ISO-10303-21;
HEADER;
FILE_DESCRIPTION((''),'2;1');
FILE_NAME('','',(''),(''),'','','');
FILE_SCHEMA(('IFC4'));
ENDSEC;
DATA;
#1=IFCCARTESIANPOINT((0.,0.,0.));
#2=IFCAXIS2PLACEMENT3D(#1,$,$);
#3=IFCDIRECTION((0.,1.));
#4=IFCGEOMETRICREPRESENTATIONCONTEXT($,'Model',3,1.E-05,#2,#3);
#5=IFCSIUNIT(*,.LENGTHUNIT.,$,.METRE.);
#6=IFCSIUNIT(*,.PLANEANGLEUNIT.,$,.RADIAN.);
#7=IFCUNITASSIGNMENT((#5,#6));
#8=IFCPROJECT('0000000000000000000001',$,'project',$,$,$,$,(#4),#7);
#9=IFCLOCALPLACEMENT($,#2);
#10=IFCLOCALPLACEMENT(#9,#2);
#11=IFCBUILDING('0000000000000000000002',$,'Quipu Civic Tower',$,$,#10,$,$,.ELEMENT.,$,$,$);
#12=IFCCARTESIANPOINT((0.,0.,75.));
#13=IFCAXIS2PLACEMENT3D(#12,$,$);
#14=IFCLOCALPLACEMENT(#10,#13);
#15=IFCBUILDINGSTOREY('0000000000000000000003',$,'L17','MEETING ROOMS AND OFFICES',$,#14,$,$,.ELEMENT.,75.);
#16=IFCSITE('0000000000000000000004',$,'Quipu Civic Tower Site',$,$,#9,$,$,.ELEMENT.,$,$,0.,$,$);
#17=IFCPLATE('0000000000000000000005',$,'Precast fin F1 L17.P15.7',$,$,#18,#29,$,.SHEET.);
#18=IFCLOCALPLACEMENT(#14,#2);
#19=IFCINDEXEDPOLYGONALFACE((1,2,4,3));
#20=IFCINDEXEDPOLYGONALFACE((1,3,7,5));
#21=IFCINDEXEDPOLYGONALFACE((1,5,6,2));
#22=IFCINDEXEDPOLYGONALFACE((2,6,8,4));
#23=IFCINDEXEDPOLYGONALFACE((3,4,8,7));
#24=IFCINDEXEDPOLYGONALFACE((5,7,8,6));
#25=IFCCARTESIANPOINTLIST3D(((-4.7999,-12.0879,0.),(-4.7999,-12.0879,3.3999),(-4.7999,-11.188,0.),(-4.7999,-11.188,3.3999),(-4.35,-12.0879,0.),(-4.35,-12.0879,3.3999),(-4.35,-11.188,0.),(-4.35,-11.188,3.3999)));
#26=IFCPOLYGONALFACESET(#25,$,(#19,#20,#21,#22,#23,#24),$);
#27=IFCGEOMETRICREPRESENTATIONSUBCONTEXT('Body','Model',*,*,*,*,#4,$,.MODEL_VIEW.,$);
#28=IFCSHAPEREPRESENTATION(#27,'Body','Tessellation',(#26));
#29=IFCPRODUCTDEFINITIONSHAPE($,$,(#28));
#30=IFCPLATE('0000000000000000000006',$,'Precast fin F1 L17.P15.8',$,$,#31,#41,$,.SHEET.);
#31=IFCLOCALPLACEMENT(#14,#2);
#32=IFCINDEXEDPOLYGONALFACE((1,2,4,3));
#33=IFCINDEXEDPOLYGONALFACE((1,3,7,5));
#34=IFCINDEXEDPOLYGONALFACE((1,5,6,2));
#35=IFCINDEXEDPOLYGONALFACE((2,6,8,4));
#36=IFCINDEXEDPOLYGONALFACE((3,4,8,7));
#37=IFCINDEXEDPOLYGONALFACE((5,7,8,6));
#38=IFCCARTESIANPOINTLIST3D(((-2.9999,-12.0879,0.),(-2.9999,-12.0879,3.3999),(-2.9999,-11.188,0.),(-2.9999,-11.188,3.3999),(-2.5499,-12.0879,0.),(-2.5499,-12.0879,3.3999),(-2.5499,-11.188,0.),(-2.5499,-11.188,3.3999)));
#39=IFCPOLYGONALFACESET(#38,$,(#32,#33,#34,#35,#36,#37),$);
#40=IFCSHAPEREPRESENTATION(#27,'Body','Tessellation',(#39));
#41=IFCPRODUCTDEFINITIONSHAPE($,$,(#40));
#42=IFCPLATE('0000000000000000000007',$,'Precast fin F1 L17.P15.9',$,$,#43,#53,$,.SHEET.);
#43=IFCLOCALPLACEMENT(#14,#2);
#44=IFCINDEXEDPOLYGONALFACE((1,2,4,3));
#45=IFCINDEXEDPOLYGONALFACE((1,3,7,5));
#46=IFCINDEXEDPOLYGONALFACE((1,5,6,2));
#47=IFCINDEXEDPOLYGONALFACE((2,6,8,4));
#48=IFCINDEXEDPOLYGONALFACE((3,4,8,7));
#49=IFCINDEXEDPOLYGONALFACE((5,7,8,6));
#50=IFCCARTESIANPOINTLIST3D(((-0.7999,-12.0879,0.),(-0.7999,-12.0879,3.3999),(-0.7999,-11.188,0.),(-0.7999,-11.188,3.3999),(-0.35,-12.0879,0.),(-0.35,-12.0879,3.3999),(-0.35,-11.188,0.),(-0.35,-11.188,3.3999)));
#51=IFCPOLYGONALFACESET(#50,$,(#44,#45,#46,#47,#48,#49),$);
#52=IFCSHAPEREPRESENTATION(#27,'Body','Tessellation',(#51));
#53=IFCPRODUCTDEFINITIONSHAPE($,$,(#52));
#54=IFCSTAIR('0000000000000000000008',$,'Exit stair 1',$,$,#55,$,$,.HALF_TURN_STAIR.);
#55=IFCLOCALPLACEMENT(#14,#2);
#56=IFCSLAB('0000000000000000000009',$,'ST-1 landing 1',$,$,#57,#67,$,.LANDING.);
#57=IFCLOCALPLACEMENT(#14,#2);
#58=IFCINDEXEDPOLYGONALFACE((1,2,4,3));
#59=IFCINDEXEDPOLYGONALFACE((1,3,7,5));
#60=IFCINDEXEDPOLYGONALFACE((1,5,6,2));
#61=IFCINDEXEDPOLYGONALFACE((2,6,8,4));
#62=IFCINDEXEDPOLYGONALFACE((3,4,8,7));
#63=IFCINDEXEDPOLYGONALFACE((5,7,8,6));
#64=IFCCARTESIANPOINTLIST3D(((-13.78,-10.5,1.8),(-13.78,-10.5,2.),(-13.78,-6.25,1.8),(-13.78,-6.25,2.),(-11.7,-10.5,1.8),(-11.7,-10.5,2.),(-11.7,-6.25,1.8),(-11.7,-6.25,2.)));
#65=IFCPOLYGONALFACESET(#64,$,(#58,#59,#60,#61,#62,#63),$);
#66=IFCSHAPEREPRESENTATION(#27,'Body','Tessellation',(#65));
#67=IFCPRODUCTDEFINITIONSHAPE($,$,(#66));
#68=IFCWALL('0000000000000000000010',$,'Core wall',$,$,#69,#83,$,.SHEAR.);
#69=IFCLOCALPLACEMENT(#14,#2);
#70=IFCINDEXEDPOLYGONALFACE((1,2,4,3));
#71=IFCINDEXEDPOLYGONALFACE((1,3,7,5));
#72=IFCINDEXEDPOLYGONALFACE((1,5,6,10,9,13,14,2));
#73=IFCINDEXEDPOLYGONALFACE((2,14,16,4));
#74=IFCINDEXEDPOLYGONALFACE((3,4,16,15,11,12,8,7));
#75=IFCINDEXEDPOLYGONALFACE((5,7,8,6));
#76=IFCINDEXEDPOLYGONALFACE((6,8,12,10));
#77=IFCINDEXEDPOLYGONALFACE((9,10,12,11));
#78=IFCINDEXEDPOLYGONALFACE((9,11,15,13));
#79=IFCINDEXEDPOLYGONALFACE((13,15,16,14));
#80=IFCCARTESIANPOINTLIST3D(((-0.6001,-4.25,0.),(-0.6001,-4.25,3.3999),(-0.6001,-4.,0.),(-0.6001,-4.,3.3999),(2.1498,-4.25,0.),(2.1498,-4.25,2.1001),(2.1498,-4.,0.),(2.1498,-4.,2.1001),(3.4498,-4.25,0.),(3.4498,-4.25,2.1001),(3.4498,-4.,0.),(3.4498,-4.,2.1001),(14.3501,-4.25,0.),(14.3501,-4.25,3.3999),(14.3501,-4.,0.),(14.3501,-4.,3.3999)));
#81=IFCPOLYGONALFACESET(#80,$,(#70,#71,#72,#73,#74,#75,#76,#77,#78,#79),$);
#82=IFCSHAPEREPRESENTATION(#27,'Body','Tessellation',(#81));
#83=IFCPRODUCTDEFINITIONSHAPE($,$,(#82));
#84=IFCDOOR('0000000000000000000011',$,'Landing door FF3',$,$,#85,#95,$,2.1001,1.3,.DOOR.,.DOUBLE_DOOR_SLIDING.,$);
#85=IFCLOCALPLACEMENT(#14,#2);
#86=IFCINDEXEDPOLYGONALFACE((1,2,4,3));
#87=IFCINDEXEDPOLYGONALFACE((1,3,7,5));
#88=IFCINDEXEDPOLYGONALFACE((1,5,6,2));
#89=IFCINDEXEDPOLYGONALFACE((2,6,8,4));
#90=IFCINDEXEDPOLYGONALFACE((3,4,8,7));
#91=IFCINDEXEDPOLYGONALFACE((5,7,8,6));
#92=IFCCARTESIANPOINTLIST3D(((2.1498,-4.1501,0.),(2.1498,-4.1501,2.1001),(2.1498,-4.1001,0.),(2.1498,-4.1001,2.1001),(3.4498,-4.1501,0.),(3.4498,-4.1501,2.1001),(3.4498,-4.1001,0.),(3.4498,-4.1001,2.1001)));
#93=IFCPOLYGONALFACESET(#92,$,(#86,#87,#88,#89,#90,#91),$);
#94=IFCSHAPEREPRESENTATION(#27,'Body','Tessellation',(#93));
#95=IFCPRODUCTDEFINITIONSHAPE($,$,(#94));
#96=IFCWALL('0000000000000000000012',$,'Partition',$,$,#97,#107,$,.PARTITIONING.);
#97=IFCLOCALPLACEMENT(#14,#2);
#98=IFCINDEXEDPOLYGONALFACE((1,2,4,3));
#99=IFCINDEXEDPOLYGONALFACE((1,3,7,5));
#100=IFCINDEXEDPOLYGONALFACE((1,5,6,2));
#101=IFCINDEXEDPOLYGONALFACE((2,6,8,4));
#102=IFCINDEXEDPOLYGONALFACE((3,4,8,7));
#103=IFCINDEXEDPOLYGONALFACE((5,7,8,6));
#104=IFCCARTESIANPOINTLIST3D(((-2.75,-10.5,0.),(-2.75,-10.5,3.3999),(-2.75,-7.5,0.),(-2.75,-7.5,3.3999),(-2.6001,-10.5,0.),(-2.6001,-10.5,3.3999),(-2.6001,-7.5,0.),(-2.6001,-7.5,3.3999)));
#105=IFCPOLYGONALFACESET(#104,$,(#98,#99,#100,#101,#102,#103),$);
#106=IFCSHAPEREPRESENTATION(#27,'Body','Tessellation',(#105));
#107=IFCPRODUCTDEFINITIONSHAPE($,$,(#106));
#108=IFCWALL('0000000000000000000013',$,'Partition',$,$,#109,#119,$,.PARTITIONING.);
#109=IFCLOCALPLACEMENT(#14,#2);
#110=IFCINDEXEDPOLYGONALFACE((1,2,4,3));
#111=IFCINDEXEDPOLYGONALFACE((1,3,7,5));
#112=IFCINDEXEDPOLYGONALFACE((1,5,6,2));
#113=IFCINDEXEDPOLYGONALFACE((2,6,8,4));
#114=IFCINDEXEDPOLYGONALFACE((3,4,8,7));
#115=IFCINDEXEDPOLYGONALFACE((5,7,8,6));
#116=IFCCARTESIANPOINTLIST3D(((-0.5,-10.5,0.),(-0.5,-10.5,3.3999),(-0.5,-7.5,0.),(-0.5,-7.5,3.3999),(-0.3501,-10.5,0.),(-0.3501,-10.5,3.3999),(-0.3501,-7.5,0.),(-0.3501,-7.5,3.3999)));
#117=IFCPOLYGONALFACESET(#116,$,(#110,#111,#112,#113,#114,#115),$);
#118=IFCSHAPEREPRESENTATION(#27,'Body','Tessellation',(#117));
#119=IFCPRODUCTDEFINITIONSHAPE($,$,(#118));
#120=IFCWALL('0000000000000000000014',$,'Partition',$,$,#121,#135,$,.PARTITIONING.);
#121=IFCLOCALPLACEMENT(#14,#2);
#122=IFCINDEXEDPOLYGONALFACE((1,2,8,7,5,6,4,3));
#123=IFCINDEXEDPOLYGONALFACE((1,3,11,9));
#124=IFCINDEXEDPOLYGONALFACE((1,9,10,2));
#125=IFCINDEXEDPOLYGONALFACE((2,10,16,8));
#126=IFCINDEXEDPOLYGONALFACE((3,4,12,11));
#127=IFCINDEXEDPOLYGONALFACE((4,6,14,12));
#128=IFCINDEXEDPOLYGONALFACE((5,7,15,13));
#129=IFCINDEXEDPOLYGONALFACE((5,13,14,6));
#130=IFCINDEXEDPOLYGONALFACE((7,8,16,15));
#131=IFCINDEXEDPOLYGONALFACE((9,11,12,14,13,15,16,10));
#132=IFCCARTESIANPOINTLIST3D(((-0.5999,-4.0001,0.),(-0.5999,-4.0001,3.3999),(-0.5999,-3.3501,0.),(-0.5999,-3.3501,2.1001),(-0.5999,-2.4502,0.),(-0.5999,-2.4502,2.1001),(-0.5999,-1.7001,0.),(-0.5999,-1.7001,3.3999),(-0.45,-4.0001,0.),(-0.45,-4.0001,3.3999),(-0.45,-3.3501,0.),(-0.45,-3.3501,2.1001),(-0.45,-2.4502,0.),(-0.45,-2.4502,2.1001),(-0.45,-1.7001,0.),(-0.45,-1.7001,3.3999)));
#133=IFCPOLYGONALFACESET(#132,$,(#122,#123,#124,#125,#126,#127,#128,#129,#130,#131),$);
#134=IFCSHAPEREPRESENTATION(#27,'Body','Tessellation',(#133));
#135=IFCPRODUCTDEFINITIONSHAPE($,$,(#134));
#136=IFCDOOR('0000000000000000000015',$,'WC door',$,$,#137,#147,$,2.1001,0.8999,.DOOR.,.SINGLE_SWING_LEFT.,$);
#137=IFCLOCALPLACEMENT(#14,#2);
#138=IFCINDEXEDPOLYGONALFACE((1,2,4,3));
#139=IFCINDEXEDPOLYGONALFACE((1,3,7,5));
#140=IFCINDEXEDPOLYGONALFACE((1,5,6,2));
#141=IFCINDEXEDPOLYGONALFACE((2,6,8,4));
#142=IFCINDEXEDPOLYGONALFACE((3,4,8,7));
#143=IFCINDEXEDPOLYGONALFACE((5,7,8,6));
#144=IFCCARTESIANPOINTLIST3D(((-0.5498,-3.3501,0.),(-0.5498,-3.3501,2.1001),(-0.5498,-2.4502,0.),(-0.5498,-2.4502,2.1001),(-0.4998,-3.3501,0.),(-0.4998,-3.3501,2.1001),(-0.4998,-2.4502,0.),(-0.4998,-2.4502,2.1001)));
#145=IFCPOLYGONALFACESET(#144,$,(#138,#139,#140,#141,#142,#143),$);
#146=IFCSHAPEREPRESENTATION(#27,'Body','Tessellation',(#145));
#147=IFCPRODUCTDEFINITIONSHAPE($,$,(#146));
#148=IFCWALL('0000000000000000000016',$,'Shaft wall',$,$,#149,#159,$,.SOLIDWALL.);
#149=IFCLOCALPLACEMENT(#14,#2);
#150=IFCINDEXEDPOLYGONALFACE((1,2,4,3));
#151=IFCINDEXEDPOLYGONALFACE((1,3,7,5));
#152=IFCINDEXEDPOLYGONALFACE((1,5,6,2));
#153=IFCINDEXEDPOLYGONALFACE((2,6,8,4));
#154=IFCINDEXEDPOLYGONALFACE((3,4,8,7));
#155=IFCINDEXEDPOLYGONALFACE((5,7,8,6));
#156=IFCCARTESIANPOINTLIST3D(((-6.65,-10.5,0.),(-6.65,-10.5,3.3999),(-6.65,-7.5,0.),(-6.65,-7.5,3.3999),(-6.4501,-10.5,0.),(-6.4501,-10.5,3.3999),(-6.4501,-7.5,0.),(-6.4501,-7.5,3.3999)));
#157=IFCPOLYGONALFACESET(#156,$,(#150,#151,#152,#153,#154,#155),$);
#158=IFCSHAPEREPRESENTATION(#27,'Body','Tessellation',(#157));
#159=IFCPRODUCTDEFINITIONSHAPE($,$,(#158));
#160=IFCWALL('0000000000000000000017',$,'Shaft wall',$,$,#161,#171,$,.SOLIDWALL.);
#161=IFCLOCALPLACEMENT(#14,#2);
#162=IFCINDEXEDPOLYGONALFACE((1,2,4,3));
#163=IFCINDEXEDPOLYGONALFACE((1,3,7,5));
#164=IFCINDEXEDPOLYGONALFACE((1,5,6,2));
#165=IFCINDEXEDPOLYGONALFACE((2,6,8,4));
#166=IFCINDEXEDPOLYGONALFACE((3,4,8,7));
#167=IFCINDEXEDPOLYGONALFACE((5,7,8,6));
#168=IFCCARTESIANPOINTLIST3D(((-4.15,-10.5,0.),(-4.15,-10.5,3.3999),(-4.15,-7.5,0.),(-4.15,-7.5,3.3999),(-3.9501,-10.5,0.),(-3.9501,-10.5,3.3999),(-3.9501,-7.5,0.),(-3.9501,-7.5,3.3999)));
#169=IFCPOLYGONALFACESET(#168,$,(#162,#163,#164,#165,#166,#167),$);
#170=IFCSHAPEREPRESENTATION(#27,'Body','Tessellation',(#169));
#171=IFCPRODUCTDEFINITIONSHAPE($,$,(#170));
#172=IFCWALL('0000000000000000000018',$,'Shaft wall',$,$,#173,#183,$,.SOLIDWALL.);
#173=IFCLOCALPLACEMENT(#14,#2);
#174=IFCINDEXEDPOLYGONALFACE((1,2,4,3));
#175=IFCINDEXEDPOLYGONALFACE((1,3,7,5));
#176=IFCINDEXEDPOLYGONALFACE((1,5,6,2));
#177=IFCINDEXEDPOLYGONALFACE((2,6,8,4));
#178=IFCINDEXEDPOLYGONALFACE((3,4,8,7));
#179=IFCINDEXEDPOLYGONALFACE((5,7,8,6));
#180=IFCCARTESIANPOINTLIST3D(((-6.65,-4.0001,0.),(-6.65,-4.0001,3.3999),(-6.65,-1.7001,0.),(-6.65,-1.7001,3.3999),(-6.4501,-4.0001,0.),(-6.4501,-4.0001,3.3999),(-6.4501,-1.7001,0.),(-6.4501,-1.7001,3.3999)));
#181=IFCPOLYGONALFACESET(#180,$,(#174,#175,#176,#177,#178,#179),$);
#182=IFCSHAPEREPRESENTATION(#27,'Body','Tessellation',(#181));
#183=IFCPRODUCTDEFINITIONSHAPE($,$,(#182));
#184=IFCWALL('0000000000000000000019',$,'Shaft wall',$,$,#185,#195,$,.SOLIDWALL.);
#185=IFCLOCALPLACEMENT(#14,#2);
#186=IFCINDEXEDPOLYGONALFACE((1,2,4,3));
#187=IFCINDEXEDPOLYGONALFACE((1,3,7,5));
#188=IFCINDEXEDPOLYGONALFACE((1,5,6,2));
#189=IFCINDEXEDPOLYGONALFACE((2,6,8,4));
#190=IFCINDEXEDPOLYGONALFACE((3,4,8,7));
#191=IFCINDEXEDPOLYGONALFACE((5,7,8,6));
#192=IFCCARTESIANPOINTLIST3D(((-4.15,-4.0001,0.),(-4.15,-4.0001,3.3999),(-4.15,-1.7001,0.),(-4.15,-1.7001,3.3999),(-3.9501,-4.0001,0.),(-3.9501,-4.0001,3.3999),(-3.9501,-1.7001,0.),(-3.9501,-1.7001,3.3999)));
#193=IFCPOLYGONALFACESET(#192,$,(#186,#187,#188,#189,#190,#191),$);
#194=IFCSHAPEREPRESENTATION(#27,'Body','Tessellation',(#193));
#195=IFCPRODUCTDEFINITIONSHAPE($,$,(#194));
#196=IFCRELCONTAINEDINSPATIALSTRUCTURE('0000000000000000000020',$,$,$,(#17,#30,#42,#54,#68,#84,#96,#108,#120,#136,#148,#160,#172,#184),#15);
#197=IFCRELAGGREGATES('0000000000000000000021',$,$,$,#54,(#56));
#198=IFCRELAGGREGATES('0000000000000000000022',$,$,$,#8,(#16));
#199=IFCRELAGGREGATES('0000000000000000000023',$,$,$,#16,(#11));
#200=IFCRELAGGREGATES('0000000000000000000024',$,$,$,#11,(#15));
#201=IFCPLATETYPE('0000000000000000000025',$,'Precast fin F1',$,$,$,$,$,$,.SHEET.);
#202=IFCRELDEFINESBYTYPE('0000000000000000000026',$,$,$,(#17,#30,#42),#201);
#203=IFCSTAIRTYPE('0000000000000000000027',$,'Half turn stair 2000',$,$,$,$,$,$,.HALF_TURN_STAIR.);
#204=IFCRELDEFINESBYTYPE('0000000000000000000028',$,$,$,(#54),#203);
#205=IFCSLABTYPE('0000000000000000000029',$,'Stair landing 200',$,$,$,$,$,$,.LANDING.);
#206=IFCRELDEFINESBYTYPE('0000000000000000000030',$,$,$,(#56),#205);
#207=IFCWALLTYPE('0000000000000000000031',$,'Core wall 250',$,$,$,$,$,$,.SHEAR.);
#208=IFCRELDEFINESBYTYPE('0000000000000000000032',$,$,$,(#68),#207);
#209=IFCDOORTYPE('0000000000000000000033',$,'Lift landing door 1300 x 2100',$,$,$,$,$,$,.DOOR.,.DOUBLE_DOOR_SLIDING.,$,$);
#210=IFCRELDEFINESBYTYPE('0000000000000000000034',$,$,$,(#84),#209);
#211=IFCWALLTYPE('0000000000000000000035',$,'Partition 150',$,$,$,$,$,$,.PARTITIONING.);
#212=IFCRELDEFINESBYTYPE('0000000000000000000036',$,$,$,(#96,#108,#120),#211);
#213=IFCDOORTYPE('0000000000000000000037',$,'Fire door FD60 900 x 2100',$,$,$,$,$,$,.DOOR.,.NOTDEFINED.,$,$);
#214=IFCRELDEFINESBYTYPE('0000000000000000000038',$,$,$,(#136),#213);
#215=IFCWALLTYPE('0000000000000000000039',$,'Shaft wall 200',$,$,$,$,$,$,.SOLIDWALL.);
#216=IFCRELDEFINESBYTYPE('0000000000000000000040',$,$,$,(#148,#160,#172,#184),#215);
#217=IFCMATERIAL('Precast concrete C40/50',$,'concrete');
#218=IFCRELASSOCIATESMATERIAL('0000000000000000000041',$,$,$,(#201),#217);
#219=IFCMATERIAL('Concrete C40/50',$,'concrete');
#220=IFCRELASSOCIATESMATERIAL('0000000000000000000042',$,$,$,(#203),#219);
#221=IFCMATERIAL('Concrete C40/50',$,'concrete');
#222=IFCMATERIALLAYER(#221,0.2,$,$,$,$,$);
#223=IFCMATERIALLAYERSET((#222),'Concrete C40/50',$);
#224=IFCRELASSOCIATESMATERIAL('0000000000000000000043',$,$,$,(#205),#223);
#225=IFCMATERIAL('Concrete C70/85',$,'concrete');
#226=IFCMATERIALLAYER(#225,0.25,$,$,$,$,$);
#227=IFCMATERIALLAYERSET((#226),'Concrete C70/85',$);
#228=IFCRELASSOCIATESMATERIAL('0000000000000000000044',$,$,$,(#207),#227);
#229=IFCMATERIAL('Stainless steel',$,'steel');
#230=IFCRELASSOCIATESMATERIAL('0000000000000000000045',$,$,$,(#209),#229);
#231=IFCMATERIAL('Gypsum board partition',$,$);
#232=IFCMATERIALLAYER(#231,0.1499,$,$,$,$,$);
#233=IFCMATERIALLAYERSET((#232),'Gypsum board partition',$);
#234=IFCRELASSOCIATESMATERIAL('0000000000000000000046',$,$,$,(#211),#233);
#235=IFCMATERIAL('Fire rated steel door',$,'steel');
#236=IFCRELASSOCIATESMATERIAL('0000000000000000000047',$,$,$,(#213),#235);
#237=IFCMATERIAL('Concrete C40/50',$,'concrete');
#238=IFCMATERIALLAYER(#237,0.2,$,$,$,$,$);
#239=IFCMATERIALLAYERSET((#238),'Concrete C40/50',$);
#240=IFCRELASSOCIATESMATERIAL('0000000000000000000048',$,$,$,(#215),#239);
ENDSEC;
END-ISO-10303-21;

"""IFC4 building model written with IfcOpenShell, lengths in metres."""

from ifc_helpers import new_model, si_unit, direction, frame, frame_2d, origin, origin_2d, place, context, subcontext, project, spatial, polyline, rectangle, outline, extrude, material, layer, layer_set, type_object, element, fill, aggregate, save


model = new_model("IFC4")

# Units and contexts
model_context = context("Model", 3, precision=1e-05, world=origin(), true_north=direction((0.0, 1.0)))
body_context = subcontext(model_context, "Body", "Model", "MODEL_VIEW")
ifc_project = project(units=[si_unit("LENGTHUNIT", "METRE"), si_unit("PLANEANGLEUNIT", "RADIAN")], contexts=[model_context])

# Site, building, storey
site_placement = place(None, origin())
site = spatial("IfcSite", under=ifc_project, at=site_placement, Name="Quipu Civic Tower Site", CompositionType="ELEMENT", RefElevation=0.0)
building_placement = place(site_placement, origin())
building = spatial("IfcBuilding", under=site, at=building_placement, Name="Quipu Civic Tower", CompositionType="ELEMENT")
storey_placement = place(building_placement, frame((0.0, 0.0, 75.0)))
storey = spatial("IfcBuildingStorey", under=building, at=storey_placement, Name="L17", Description="MEETING ROOMS AND OFFICES", CompositionType="ELEMENT", Elevation=75.0)

# Plates
ifc_material_1 = material(Name="Precast concrete C40/50", Category="concrete")
plate_type = type_object("IfcPlateType", Name="Precast fin F1", PredefinedType="SHEET", material=ifc_material_1)
for number, where, z_axis, x_axis, name in (
    (1, (-4.575, -11.6379, 0.0), (0.0, 0.0, 1.0), (1.0, 0.0, 0.0), "Precast fin F1 L17.P15.7"),
    (2, (-2.7749, -11.6379, 0.0), (0.0, 0.0, 1.0), (1.0, 0.0, 0.0), "Precast fin F1 L17.P15.8"),
    (3, (-0.575, -11.6379, 0.0), (0.0, 0.0, 1.0), (1.0, 0.0, 0.0), "Precast fin F1 L17.P15.9"),
):
    element("IfcPlate", number, at=place(storey_placement, frame(where, z_axis=z_axis, x_axis=x_axis)), inside=storey, type_object=plate_type, Name=name, PredefinedType="SHEET", context=body_context, shape_type="SweptSolid", body=[
        extrude(rectangle(XDim=0.45, YDim=0.8999, at=origin_2d()), origin(), (0.0, 0.0, 1.0), 3.3999),
    ])

# Stair, slab
ifc_material_2 = material(Name="Concrete C40/50", Category="concrete")
stair_type = type_object("IfcStairType", Name="Half turn stair 2000", PredefinedType="HALF_TURN_STAIR", material=ifc_material_2)
stair_placement = place(storey_placement, origin())
stair = element("IfcStair", 4, at=stair_placement, inside=storey, type_object=stair_type, Name="Exit stair 1", PredefinedType="HALF_TURN_STAIR")
ifc_material_3 = material(Name="Concrete C40/50", Category="concrete")
ifc_layer_1 = layer(ifc_material_3, 0.2)
ifc_layer_set_1 = layer_set([ifc_layer_1], Name="Concrete C40/50")
slab_type_1 = type_object("IfcSlabType", Name="Stair landing 200", PredefinedType="LANDING", material=ifc_layer_set_1)
slab_1_placement = place(storey_placement, frame((0.0, 0.0, 1.8)))
slab_1 = element("IfcSlab", 5, at=slab_1_placement, type_object=slab_type_1, Name="ST-1 landing 1", PredefinedType="LANDING", context=body_context, shape_type="SweptSolid", body=[
    extrude(outline(polyline([(-13.78, -10.5), (-11.7, -10.5), (-11.7, -6.25), (-13.78, -6.25), (-13.78, -10.5)])), origin(), (0.0, 0.0, 1.0), 0.2),
])
aggregate(stair, [slab_1])

# Wall, opening, door
ifc_material_4 = material(Name="Concrete C70/85", Category="concrete")
ifc_layer_2 = layer(ifc_material_4, 0.25)
ifc_layer_set_2 = layer_set([ifc_layer_2], Name="Concrete C70/85")
wall_type_1 = type_object("IfcWallType", Name="Core wall 250", PredefinedType="SHEAR", material=ifc_layer_set_2)
wall_1_placement = place(storey_placement, frame((-0.6001, -4.125, 0.0), z_axis=(0.0, 0.0, 1.0), x_axis=(1.0, 0.0, 0.0)))
wall_1 = element("IfcWall", 6, at=wall_1_placement, inside=storey, type_object=wall_type_1, Name="Core wall", PredefinedType="SHEAR", context=body_context, shape_type="SweptSolid", body=[
    extrude(rectangle(XDim=14.9502, YDim=0.25, at=frame_2d((7.4751, 0.0))), origin(), (0.0, 0.0, 1.0), 3.3999),
])
opening_1_placement = place(wall_1_placement, frame((2.75, 0.0, 0.0)))
opening_1 = element("IfcOpeningElement", 7, at=opening_1_placement, cuts=wall_1, PredefinedType="OPENING", context=body_context, shape_type="SweptSolid", body=[
    extrude(rectangle(XDim=1.3, YDim=2.1001, at=frame_2d((0.6499, 1.05))), frame((0.0, 0.135, 0.0), z_axis=(0.0, -1.0, 0.0), x_axis=(1.0, 0.0, 0.0)), (0.0, 0.0, 1.0), 0.27),
])
ifc_material_5 = material(Name="Stainless steel", Category="steel")
door_type_1 = type_object("IfcDoorType", Name="Lift landing door 1300 x 2100", OperationType="DOUBLE_DOOR_SLIDING", PredefinedType="DOOR", material=ifc_material_5)
door_1_placement = place(opening_1_placement, origin())
door_1 = element("IfcDoor", 8, at=door_1_placement, inside=storey, type_object=door_type_1, Name="Landing door FF3", OperationType="DOUBLE_DOOR_SLIDING", OverallHeight=2.1001, OverallWidth=1.3, PredefinedType="DOOR", context=body_context, shape_type="SweptSolid", body=[
    extrude(rectangle(XDim=1.3, YDim=2.1001, at=frame_2d((0.6499, 1.05))), frame((0.0, 0.0249, 0.0), z_axis=(0.0, -1.0, 0.0), x_axis=(1.0, 0.0, 0.0)), (0.0, 0.0, 1.0), 0.05),
])
fill(opening_1, door_1)

# Walls
ifc_material_6 = material(Name="Gypsum board partition")
ifc_layer_3 = layer(ifc_material_6, 0.1499)
ifc_layer_set_3 = layer_set([ifc_layer_3], Name="Gypsum board partition")
wall_type_2 = type_object("IfcWallType", Name="Partition 150", PredefinedType="PARTITIONING", material=ifc_layer_set_3)
for number, where, z_axis, x_axis, name in (
    (9, (-2.675, -10.5, 0.0), (0.0, 0.0, 1.0), (0.0, 1.0, 0.0), "Partition"),
    (10, (-0.425, -10.5, 0.0), (0.0, 0.0, 1.0), (0.0, 1.0, 0.0), "Partition"),
):
    element("IfcWall", number, at=place(storey_placement, frame(where, z_axis=z_axis, x_axis=x_axis)), inside=storey, type_object=wall_type_2, Name=name, PredefinedType="PARTITIONING", context=body_context, shape_type="SweptSolid", body=[
        extrude(rectangle(XDim=3.0, YDim=0.1499, at=frame_2d((1.5, 0.0))), origin(), (0.0, 0.0, 1.0), 3.3999),
    ])

# Wall, opening, door
wall_2_placement = place(storey_placement, frame((-0.5249, -4.0, 0.0), z_axis=(0.0, 0.0, 1.0), x_axis=(0.0, 1.0, 0.0)))
wall_2 = element("IfcWall", 11, at=wall_2_placement, inside=storey, type_object=wall_type_2, Name="Partition", PredefinedType="PARTITIONING", context=body_context, shape_type="SweptSolid", body=[
    extrude(rectangle(XDim=2.3, YDim=0.1499, at=frame_2d((1.1499, 0.0))), origin(), (0.0, 0.0, 1.0), 3.3999),
])
opening_2_placement = place(wall_2_placement, frame((0.6499, 0.0, 0.0)))
opening_2 = element("IfcOpeningElement", 12, at=opening_2_placement, cuts=wall_2, PredefinedType="OPENING", context=body_context, shape_type="SweptSolid", body=[
    extrude(rectangle(XDim=0.8999, YDim=2.1001, at=frame_2d((0.45, 1.05))), frame((0.0, 0.085, 0.0), z_axis=(0.0, -1.0, 0.0), x_axis=(1.0, 0.0, 0.0)), (0.0, 0.0, 1.0), 0.1699),
])
ifc_material_7 = material(Name="Fire rated steel door", Category="steel")
door_type_2 = type_object("IfcDoorType", Name="Fire door FD60 900 x 2100", OperationType="NOTDEFINED", PredefinedType="DOOR", material=ifc_material_7)
door_2_placement = place(opening_2_placement, origin())
door_2 = element("IfcDoor", 13, at=door_2_placement, inside=storey, type_object=door_type_2, Name="WC door", OperationType="SINGLE_SWING_LEFT", OverallHeight=2.1001, OverallWidth=0.8999, PredefinedType="DOOR", context=body_context, shape_type="SweptSolid", body=[
    extrude(rectangle(XDim=0.8999, YDim=2.1001, at=frame_2d((0.45, 1.05))), frame((0.0, 0.0249, 0.0), z_axis=(0.0, -1.0, 0.0), x_axis=(1.0, 0.0, 0.0)), (0.0, 0.0, 1.0), 0.05),
])
fill(opening_2, door_2)

# Walls
ifc_material_8 = material(Name="Concrete C40/50", Category="concrete")
ifc_layer_4 = layer(ifc_material_8, 0.2)
ifc_layer_set_4 = layer_set([ifc_layer_4], Name="Concrete C40/50")
wall_type_3 = type_object("IfcWallType", Name="Shaft wall 200", PredefinedType="SOLIDWALL", material=ifc_layer_set_4)
for number, where, z_axis, x_axis, name in (
    (14, (-6.55, -10.5, 0.0), (0.0, 0.0, 1.0), (0.0, 1.0, 0.0), "Shaft wall"),
    (15, (-4.05, -10.5, 0.0), (0.0, 0.0, 1.0), (0.0, 1.0, 0.0), "Shaft wall"),
):
    element("IfcWall", number, at=place(storey_placement, frame(where, z_axis=z_axis, x_axis=x_axis)), inside=storey, type_object=wall_type_3, Name=name, PredefinedType="SOLIDWALL", context=body_context, shape_type="SweptSolid", body=[
        extrude(rectangle(XDim=3.0, YDim=0.2, at=frame_2d((1.5, 0.0))), origin(), (0.0, 0.0, 1.0), 3.3999),
    ])
for number, where, z_axis, x_axis, name in (
    (16, (-6.55, -4.0, 0.0), (0.0, 0.0, 1.0), (0.0, 1.0, 0.0), "Shaft wall"),
    (17, (-4.05, -4.0, 0.0), (0.0, 0.0, 1.0), (0.0, 1.0, 0.0), "Shaft wall"),
):
    element("IfcWall", number, at=place(storey_placement, frame(where, z_axis=z_axis, x_axis=x_axis)), inside=storey, type_object=wall_type_3, Name=name, PredefinedType="SOLIDWALL", context=body_context, shape_type="SweptSolid", body=[
        extrude(rectangle(XDim=2.3, YDim=0.2, at=frame_2d((1.1499, 0.0))), origin(), (0.0, 0.0, 1.0), 3.3999),
    ])

save(model, "model.ifc")
